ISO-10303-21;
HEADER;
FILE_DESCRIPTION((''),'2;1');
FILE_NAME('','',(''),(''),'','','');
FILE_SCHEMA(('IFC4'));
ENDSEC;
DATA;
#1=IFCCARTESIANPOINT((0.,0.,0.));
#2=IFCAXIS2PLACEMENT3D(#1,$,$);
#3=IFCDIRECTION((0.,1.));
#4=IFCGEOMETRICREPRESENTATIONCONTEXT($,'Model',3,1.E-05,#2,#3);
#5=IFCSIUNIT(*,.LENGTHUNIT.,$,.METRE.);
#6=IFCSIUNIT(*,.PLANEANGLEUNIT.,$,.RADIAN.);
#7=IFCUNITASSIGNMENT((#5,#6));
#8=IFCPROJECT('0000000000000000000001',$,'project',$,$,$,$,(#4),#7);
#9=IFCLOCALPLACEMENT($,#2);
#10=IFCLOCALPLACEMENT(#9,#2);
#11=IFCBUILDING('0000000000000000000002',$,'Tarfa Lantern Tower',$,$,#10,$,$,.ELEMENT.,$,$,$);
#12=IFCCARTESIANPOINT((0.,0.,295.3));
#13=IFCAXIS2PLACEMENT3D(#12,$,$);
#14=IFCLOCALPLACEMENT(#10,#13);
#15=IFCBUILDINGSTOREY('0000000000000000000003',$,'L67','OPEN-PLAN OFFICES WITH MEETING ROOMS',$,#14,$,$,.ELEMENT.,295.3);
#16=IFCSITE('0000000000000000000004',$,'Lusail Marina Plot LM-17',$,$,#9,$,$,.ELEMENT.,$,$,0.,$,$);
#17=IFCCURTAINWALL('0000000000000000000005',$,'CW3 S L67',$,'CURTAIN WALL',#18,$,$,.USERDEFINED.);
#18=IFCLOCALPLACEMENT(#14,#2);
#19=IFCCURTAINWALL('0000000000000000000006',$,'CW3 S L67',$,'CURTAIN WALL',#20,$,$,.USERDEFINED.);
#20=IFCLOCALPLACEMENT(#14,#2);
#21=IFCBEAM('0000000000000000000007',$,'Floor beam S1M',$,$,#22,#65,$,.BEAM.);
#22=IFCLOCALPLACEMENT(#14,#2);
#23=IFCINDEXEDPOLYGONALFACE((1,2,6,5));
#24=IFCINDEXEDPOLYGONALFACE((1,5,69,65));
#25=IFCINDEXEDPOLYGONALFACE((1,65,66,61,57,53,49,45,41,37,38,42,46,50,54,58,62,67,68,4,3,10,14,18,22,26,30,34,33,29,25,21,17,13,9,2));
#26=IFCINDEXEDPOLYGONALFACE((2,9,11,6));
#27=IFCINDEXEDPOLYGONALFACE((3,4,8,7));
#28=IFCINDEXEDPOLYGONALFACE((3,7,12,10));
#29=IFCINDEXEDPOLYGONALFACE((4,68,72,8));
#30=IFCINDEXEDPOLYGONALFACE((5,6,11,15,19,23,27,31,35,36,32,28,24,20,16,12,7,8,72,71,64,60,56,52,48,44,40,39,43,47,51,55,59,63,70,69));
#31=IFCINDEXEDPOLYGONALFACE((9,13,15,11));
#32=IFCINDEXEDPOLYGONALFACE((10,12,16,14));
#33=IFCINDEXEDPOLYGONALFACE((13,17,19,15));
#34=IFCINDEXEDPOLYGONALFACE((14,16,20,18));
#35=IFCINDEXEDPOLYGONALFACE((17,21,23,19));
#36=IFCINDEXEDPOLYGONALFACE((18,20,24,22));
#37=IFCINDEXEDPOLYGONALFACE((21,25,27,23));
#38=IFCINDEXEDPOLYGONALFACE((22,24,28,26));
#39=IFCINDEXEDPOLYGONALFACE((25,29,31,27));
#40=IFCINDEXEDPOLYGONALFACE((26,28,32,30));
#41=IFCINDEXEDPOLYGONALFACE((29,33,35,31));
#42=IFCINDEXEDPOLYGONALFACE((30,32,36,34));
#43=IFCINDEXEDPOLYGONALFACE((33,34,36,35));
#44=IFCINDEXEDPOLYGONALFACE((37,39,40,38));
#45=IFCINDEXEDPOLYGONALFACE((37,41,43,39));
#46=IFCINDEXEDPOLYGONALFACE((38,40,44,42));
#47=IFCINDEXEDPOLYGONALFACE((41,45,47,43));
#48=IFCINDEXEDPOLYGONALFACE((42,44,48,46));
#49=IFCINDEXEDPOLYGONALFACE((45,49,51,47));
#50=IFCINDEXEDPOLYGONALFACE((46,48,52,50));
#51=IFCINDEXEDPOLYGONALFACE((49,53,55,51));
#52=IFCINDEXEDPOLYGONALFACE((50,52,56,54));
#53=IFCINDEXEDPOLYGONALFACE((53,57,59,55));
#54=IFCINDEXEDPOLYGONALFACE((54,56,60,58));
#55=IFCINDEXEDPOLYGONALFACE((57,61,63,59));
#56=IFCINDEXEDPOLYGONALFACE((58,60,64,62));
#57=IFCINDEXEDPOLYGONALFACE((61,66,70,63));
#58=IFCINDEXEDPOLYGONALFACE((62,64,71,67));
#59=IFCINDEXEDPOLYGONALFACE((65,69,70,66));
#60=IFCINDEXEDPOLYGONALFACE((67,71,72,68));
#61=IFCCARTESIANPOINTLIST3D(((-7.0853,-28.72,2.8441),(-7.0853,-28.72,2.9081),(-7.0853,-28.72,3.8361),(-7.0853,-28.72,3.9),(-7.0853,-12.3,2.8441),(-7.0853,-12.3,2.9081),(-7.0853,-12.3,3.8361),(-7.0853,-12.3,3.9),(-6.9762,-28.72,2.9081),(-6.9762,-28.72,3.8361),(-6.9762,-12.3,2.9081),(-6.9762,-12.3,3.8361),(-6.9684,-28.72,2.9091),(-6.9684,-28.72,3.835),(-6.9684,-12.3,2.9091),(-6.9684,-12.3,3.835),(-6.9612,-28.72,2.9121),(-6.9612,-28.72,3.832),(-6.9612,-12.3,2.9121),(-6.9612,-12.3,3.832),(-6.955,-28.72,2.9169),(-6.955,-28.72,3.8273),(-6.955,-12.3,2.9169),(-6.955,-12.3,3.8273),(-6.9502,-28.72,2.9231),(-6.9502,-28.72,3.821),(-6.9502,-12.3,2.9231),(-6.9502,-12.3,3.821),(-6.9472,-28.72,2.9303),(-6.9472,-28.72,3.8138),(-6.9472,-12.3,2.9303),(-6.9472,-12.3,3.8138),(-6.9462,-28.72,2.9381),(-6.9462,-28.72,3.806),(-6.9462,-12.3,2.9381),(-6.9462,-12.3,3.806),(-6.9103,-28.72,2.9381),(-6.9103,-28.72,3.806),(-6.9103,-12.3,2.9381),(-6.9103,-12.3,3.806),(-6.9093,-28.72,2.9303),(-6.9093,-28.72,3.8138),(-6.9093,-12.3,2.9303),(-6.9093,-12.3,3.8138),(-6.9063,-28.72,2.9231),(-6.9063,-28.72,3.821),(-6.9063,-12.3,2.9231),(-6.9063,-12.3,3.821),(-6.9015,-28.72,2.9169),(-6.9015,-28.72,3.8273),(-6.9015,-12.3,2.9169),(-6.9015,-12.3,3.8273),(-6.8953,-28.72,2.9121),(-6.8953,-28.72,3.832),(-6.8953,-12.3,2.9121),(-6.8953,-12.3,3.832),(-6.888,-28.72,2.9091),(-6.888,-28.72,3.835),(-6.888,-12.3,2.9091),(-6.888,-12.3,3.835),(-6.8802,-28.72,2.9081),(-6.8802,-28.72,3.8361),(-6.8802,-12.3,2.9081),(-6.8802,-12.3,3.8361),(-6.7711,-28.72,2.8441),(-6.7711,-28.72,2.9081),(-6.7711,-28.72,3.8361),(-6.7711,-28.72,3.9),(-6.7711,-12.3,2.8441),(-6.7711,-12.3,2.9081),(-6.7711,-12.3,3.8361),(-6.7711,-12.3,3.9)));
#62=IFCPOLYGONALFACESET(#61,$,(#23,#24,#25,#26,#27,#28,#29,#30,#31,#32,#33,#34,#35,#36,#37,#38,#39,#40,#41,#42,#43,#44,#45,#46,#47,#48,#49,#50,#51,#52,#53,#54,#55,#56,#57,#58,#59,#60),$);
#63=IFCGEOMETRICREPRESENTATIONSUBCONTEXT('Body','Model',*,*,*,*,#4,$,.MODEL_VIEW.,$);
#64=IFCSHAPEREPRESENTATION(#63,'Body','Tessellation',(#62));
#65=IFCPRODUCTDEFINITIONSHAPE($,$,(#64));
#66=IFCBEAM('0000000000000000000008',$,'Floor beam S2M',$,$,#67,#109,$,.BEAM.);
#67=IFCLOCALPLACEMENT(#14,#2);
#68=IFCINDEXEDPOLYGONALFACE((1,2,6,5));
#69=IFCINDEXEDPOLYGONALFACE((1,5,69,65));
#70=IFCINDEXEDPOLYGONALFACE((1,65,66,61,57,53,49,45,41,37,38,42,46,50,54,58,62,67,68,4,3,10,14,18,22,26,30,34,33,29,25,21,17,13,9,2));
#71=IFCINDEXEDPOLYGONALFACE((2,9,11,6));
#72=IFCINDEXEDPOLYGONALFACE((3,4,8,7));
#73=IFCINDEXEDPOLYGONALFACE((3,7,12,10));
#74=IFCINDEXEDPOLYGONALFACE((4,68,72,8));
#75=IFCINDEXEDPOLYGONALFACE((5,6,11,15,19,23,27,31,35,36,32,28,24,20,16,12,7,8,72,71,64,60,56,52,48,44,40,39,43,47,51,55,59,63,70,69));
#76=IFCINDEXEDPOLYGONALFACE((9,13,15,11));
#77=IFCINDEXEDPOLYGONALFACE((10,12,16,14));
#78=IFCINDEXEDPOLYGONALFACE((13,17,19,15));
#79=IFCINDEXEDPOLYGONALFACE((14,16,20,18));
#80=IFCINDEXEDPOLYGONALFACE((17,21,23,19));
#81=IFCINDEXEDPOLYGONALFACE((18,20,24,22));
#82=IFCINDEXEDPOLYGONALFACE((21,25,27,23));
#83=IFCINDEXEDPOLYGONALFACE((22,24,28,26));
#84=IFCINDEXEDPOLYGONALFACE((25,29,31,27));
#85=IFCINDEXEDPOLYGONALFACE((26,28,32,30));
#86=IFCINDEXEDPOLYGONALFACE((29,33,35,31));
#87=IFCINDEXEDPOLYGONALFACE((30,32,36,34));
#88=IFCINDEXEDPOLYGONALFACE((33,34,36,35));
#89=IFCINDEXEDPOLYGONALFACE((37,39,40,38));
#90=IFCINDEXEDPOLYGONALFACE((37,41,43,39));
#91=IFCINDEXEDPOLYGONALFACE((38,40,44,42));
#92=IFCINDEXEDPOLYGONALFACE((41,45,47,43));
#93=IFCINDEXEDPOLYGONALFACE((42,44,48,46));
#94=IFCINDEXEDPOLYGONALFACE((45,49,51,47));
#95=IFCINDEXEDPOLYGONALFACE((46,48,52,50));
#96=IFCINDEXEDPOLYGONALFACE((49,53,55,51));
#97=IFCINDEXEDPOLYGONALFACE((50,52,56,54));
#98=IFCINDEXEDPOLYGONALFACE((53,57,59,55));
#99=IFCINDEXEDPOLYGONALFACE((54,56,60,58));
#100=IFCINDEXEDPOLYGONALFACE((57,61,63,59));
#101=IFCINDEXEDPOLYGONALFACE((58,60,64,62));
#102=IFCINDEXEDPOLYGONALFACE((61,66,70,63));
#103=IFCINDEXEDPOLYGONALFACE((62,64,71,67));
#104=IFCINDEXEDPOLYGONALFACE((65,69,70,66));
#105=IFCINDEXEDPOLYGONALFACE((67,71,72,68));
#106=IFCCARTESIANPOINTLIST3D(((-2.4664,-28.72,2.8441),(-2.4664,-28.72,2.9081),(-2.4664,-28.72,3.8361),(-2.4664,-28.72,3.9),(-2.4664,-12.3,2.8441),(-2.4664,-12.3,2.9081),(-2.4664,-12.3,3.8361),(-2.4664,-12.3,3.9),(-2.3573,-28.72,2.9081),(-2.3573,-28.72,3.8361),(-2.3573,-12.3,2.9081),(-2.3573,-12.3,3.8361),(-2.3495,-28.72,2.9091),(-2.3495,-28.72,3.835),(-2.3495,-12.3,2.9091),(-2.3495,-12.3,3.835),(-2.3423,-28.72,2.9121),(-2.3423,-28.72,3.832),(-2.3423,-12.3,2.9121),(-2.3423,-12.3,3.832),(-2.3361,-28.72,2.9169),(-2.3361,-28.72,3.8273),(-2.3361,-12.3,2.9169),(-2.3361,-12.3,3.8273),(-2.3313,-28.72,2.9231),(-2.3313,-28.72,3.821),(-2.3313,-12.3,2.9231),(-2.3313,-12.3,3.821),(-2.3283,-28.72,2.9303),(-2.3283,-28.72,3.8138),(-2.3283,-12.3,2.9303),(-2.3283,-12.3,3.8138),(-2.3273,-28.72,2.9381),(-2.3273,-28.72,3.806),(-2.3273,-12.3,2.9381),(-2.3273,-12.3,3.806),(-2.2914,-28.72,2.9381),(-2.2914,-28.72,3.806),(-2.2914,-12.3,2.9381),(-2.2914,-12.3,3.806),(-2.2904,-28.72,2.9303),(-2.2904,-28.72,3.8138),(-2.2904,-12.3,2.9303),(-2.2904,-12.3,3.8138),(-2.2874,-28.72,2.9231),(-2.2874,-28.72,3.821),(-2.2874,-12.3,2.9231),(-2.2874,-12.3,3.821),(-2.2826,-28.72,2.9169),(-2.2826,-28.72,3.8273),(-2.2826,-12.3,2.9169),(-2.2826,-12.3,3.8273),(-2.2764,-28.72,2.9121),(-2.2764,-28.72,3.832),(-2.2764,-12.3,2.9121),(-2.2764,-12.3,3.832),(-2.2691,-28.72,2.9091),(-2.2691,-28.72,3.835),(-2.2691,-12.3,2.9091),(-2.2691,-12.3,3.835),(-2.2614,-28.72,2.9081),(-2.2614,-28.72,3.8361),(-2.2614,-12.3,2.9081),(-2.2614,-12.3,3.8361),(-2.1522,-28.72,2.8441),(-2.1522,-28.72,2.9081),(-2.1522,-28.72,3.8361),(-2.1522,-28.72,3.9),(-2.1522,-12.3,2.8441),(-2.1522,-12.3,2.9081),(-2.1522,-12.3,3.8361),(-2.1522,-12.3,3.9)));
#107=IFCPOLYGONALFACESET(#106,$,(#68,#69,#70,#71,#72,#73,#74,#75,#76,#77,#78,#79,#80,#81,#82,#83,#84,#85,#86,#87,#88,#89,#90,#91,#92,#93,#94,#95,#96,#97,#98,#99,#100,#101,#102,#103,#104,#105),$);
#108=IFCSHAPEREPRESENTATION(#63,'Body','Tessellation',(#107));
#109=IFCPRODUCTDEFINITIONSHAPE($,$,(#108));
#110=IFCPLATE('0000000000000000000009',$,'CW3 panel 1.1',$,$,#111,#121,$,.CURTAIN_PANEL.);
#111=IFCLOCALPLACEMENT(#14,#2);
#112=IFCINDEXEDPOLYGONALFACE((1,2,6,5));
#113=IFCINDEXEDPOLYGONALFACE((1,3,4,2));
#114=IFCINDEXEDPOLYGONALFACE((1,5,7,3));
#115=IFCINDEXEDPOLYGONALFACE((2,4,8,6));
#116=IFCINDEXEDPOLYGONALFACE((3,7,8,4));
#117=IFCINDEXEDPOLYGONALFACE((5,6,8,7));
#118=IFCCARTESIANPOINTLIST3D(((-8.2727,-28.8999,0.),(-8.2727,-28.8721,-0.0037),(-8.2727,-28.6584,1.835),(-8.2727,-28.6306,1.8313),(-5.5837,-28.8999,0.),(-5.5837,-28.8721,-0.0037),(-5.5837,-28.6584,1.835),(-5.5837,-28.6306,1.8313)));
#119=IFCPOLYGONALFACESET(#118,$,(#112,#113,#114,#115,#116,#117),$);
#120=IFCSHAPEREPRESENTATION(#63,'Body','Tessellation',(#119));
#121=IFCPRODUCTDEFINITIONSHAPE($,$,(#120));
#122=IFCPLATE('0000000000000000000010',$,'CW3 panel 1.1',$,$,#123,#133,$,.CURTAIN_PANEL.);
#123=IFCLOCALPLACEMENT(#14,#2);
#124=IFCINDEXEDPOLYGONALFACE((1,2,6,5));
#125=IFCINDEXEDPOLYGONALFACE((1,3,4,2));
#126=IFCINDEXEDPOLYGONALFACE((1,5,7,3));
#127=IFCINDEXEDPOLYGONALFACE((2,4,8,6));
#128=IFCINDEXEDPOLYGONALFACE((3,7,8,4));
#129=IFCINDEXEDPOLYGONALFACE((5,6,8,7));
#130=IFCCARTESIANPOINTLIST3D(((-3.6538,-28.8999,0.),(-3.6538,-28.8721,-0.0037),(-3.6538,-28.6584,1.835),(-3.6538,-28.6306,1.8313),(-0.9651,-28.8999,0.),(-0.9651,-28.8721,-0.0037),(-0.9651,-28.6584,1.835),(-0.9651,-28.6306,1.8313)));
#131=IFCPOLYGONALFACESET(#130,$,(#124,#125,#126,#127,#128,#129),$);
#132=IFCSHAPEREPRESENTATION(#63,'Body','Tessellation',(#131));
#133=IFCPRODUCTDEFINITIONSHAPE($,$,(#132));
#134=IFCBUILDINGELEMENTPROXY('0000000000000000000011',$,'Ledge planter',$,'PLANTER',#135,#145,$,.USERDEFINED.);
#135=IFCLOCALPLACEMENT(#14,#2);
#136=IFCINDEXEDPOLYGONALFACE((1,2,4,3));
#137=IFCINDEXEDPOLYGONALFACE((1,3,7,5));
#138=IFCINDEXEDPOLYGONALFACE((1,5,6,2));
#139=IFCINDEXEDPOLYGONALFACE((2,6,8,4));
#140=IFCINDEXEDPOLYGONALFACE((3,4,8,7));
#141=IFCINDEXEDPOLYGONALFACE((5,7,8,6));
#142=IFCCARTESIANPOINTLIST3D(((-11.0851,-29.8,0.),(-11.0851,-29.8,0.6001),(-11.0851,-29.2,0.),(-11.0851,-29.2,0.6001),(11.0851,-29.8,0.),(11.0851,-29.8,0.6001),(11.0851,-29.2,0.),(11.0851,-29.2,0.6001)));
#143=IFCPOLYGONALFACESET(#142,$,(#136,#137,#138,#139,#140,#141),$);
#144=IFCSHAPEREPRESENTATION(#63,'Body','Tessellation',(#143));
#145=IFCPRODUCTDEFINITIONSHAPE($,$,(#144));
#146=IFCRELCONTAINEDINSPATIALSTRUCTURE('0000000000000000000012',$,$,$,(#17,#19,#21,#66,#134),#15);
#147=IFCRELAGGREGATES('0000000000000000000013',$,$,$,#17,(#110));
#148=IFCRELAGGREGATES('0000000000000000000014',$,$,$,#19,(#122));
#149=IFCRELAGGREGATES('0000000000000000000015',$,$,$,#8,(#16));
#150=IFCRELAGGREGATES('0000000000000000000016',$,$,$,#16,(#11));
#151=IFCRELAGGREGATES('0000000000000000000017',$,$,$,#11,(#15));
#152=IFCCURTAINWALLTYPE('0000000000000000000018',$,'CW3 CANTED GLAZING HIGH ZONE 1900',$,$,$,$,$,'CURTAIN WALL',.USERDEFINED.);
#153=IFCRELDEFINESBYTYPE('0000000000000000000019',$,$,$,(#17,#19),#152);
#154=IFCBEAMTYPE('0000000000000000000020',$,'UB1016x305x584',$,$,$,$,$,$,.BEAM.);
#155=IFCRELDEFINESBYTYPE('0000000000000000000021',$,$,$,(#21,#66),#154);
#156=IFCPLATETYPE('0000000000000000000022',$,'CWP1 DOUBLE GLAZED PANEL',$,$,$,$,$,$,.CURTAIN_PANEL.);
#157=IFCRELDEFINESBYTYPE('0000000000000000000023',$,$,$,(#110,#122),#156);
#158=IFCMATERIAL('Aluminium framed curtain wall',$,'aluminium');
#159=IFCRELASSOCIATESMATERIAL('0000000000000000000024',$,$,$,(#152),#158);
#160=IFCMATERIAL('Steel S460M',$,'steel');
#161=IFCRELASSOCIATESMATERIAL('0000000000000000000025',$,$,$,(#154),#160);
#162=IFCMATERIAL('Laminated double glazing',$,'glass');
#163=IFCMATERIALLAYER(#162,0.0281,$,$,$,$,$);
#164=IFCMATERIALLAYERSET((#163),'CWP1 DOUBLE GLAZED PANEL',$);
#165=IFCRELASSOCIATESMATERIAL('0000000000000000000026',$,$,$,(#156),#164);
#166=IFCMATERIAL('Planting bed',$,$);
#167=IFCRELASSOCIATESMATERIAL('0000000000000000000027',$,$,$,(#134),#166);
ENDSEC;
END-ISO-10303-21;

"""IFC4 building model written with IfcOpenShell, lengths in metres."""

from ifc_helpers import new_model, si_unit, direction, frame, origin, origin_2d, place, context, subcontext, project, spatial, polyline, rectangle, i_section, outline, extrude, material, layer, layer_set, material_profile, profile_set, type_object, element, aggregate, save


model = new_model("IFC4")

# Units and contexts
model_context = context("Model", 3, precision=1e-05, world=origin(), true_north=direction((0.0, 1.0)))
body_context = subcontext(model_context, "Body", "Model", "MODEL_VIEW")
ifc_project = project(units=[si_unit("LENGTHUNIT", "METRE"), si_unit("PLANEANGLEUNIT", "RADIAN")], contexts=[model_context])

# Site, building, storey
site_placement = place(None, origin())
site = spatial("IfcSite", under=ifc_project, at=site_placement, Name="Lusail Marina Plot LM-17", CompositionType="ELEMENT", RefElevation=0.0)
building_placement = place(site_placement, origin())
building = spatial("IfcBuilding", under=site, at=building_placement, Name="Tarfa Lantern Tower", CompositionType="ELEMENT")
storey_placement = place(building_placement, frame((0.0, 0.0, 295.3)))
storey = spatial("IfcBuildingStorey", under=building, at=storey_placement, Name="L67", Description="OPEN-PLAN OFFICES WITH MEETING ROOMS", CompositionType="ELEMENT", Elevation=295.3)

# Shared definitions
ifc_material_1 = material(Name="Aluminium framed curtain wall", Category="aluminium")
curtain_wall_type = type_object("IfcCurtainWallType", Name="CW3 CANTED GLAZING HIGH ZONE 1900", ElementType="CURTAIN WALL", PredefinedType="USERDEFINED", material=ifc_material_1)

# Curtain walls
curtain_wall_1_placement = place(storey_placement, origin())
curtain_wall_1 = element("IfcCurtainWall", 1, at=curtain_wall_1_placement, inside=storey, type_object=curtain_wall_type, Name="CW3 S L67", ObjectType="CURTAIN WALL", PredefinedType="USERDEFINED")
curtain_wall_2_placement = place(storey_placement, origin())
curtain_wall_2 = element("IfcCurtainWall", 2, at=curtain_wall_2_placement, inside=storey, type_object=curtain_wall_type, Name="CW3 S L67", ObjectType="CURTAIN WALL", PredefinedType="USERDEFINED")

# Beams
ifc_material_2 = material(Name="Steel S460M", Category="steel")
ifc_material_profile_1 = material_profile(ifc_material_2, i_section(OverallWidth=0.3142, OverallDepth=1.0559, WebThickness=0.0359, FlangeThickness=0.064, FilletRadius=0.03, at=origin_2d()), Name="UB1016x305x584")
ifc_profile_set_1 = profile_set([ifc_material_profile_1], Name="Steel S460M")
beam_type_1 = type_object("IfcBeamType", Name="UB1016x305x584", PredefinedType="BEAM", material=ifc_profile_set_1)
for number, where, z_axis, x_axis, name in (
    (3, (-6.9282, -28.72, 3.3721), (0.0, 1.0, 0.0), (-1.0, 0.0, 0.0), "Floor beam S1M"),
    (4, (-2.3093, -28.72, 3.3721), (0.0, 1.0, 0.0), (-1.0, 0.0, 0.0), "Floor beam S2M"),
):
    element("IfcBeam", number, at=place(storey_placement, frame(where, z_axis=z_axis, x_axis=x_axis)), inside=storey, type_object=beam_type_1, Name=name, PredefinedType="BEAM", context=body_context, shape_type="SweptSolid", body=[
        extrude(i_section(OverallWidth=0.3142, OverallDepth=1.0559, WebThickness=0.0359, FlangeThickness=0.064, FilletRadius=0.03, at=origin_2d()), origin(), (0.0, 0.0, 1.0), 16.4199),
    ])

# Plates
ifc_material_3 = material(Name="Laminated double glazing", Category="glass")
ifc_layer = layer(ifc_material_3, 0.0281)
ifc_layer_set = layer_set([ifc_layer], Name="CWP1 DOUBLE GLAZED PANEL")
plate_type = type_object("IfcPlateType", Name="CWP1 DOUBLE GLAZED PANEL", PredefinedType="CURTAIN_PANEL", material=ifc_layer_set)
plate_1_placement = place(storey_placement, frame((-8.2727, -28.8999, 0.0), z_axis=(0.0, -0.991453, 0.130461), x_axis=(1.0, 0.0, 0.0)))
plate_1 = element("IfcPlate", 5, at=plate_1_placement, type_object=plate_type, Name="CW3 panel 1.1", PredefinedType="CURTAIN_PANEL", context=body_context, shape_type="SweptSolid", body=[
    extrude(outline(polyline([(0.0, 0.0), (2.689, 0.0), (2.689, 1.8508), (0.0, 1.8508), (0.0, 0.0)])), origin(), (0.0, 0.0, -1.0), 0.0281),
])
aggregate(curtain_wall_1, [plate_1])
plate_2_placement = place(storey_placement, frame((-3.6538, -28.8999, 0.0), z_axis=(0.0, -0.991453, 0.130461), x_axis=(1.0, 0.0, 0.0)))
plate_2 = element("IfcPlate", 6, at=plate_2_placement, type_object=plate_type, Name="CW3 panel 1.1", PredefinedType="CURTAIN_PANEL", context=body_context, shape_type="SweptSolid", body=[
    extrude(outline(polyline([(0.0, 0.0), (2.6887, 0.0), (2.6887, 1.8508), (0.0, 1.8508), (0.0, 0.0)])), origin(), (0.0, 0.0, -1.0), 0.0281),
])
aggregate(curtain_wall_2, [plate_2])

# Building element proxy
ifc_material_4 = material(Name="Planting bed")
proxy_placement = place(storey_placement, frame((0.0, -29.5, 0.0), z_axis=(0.0, 0.0, 1.0), x_axis=(1.0, 0.0, 0.0)))
element("IfcBuildingElementProxy", 7, at=proxy_placement, inside=storey, material=ifc_material_4, Name="Ledge planter", ObjectType="PLANTER", PredefinedType="USERDEFINED", context=body_context, shape_type="SweptSolid", body=[
    extrude(rectangle(XDim=22.1702, YDim=0.6001, at=origin_2d()), origin(), (0.0, 0.0, 1.0), 0.6001),
])

save(model, "model.ifc")
